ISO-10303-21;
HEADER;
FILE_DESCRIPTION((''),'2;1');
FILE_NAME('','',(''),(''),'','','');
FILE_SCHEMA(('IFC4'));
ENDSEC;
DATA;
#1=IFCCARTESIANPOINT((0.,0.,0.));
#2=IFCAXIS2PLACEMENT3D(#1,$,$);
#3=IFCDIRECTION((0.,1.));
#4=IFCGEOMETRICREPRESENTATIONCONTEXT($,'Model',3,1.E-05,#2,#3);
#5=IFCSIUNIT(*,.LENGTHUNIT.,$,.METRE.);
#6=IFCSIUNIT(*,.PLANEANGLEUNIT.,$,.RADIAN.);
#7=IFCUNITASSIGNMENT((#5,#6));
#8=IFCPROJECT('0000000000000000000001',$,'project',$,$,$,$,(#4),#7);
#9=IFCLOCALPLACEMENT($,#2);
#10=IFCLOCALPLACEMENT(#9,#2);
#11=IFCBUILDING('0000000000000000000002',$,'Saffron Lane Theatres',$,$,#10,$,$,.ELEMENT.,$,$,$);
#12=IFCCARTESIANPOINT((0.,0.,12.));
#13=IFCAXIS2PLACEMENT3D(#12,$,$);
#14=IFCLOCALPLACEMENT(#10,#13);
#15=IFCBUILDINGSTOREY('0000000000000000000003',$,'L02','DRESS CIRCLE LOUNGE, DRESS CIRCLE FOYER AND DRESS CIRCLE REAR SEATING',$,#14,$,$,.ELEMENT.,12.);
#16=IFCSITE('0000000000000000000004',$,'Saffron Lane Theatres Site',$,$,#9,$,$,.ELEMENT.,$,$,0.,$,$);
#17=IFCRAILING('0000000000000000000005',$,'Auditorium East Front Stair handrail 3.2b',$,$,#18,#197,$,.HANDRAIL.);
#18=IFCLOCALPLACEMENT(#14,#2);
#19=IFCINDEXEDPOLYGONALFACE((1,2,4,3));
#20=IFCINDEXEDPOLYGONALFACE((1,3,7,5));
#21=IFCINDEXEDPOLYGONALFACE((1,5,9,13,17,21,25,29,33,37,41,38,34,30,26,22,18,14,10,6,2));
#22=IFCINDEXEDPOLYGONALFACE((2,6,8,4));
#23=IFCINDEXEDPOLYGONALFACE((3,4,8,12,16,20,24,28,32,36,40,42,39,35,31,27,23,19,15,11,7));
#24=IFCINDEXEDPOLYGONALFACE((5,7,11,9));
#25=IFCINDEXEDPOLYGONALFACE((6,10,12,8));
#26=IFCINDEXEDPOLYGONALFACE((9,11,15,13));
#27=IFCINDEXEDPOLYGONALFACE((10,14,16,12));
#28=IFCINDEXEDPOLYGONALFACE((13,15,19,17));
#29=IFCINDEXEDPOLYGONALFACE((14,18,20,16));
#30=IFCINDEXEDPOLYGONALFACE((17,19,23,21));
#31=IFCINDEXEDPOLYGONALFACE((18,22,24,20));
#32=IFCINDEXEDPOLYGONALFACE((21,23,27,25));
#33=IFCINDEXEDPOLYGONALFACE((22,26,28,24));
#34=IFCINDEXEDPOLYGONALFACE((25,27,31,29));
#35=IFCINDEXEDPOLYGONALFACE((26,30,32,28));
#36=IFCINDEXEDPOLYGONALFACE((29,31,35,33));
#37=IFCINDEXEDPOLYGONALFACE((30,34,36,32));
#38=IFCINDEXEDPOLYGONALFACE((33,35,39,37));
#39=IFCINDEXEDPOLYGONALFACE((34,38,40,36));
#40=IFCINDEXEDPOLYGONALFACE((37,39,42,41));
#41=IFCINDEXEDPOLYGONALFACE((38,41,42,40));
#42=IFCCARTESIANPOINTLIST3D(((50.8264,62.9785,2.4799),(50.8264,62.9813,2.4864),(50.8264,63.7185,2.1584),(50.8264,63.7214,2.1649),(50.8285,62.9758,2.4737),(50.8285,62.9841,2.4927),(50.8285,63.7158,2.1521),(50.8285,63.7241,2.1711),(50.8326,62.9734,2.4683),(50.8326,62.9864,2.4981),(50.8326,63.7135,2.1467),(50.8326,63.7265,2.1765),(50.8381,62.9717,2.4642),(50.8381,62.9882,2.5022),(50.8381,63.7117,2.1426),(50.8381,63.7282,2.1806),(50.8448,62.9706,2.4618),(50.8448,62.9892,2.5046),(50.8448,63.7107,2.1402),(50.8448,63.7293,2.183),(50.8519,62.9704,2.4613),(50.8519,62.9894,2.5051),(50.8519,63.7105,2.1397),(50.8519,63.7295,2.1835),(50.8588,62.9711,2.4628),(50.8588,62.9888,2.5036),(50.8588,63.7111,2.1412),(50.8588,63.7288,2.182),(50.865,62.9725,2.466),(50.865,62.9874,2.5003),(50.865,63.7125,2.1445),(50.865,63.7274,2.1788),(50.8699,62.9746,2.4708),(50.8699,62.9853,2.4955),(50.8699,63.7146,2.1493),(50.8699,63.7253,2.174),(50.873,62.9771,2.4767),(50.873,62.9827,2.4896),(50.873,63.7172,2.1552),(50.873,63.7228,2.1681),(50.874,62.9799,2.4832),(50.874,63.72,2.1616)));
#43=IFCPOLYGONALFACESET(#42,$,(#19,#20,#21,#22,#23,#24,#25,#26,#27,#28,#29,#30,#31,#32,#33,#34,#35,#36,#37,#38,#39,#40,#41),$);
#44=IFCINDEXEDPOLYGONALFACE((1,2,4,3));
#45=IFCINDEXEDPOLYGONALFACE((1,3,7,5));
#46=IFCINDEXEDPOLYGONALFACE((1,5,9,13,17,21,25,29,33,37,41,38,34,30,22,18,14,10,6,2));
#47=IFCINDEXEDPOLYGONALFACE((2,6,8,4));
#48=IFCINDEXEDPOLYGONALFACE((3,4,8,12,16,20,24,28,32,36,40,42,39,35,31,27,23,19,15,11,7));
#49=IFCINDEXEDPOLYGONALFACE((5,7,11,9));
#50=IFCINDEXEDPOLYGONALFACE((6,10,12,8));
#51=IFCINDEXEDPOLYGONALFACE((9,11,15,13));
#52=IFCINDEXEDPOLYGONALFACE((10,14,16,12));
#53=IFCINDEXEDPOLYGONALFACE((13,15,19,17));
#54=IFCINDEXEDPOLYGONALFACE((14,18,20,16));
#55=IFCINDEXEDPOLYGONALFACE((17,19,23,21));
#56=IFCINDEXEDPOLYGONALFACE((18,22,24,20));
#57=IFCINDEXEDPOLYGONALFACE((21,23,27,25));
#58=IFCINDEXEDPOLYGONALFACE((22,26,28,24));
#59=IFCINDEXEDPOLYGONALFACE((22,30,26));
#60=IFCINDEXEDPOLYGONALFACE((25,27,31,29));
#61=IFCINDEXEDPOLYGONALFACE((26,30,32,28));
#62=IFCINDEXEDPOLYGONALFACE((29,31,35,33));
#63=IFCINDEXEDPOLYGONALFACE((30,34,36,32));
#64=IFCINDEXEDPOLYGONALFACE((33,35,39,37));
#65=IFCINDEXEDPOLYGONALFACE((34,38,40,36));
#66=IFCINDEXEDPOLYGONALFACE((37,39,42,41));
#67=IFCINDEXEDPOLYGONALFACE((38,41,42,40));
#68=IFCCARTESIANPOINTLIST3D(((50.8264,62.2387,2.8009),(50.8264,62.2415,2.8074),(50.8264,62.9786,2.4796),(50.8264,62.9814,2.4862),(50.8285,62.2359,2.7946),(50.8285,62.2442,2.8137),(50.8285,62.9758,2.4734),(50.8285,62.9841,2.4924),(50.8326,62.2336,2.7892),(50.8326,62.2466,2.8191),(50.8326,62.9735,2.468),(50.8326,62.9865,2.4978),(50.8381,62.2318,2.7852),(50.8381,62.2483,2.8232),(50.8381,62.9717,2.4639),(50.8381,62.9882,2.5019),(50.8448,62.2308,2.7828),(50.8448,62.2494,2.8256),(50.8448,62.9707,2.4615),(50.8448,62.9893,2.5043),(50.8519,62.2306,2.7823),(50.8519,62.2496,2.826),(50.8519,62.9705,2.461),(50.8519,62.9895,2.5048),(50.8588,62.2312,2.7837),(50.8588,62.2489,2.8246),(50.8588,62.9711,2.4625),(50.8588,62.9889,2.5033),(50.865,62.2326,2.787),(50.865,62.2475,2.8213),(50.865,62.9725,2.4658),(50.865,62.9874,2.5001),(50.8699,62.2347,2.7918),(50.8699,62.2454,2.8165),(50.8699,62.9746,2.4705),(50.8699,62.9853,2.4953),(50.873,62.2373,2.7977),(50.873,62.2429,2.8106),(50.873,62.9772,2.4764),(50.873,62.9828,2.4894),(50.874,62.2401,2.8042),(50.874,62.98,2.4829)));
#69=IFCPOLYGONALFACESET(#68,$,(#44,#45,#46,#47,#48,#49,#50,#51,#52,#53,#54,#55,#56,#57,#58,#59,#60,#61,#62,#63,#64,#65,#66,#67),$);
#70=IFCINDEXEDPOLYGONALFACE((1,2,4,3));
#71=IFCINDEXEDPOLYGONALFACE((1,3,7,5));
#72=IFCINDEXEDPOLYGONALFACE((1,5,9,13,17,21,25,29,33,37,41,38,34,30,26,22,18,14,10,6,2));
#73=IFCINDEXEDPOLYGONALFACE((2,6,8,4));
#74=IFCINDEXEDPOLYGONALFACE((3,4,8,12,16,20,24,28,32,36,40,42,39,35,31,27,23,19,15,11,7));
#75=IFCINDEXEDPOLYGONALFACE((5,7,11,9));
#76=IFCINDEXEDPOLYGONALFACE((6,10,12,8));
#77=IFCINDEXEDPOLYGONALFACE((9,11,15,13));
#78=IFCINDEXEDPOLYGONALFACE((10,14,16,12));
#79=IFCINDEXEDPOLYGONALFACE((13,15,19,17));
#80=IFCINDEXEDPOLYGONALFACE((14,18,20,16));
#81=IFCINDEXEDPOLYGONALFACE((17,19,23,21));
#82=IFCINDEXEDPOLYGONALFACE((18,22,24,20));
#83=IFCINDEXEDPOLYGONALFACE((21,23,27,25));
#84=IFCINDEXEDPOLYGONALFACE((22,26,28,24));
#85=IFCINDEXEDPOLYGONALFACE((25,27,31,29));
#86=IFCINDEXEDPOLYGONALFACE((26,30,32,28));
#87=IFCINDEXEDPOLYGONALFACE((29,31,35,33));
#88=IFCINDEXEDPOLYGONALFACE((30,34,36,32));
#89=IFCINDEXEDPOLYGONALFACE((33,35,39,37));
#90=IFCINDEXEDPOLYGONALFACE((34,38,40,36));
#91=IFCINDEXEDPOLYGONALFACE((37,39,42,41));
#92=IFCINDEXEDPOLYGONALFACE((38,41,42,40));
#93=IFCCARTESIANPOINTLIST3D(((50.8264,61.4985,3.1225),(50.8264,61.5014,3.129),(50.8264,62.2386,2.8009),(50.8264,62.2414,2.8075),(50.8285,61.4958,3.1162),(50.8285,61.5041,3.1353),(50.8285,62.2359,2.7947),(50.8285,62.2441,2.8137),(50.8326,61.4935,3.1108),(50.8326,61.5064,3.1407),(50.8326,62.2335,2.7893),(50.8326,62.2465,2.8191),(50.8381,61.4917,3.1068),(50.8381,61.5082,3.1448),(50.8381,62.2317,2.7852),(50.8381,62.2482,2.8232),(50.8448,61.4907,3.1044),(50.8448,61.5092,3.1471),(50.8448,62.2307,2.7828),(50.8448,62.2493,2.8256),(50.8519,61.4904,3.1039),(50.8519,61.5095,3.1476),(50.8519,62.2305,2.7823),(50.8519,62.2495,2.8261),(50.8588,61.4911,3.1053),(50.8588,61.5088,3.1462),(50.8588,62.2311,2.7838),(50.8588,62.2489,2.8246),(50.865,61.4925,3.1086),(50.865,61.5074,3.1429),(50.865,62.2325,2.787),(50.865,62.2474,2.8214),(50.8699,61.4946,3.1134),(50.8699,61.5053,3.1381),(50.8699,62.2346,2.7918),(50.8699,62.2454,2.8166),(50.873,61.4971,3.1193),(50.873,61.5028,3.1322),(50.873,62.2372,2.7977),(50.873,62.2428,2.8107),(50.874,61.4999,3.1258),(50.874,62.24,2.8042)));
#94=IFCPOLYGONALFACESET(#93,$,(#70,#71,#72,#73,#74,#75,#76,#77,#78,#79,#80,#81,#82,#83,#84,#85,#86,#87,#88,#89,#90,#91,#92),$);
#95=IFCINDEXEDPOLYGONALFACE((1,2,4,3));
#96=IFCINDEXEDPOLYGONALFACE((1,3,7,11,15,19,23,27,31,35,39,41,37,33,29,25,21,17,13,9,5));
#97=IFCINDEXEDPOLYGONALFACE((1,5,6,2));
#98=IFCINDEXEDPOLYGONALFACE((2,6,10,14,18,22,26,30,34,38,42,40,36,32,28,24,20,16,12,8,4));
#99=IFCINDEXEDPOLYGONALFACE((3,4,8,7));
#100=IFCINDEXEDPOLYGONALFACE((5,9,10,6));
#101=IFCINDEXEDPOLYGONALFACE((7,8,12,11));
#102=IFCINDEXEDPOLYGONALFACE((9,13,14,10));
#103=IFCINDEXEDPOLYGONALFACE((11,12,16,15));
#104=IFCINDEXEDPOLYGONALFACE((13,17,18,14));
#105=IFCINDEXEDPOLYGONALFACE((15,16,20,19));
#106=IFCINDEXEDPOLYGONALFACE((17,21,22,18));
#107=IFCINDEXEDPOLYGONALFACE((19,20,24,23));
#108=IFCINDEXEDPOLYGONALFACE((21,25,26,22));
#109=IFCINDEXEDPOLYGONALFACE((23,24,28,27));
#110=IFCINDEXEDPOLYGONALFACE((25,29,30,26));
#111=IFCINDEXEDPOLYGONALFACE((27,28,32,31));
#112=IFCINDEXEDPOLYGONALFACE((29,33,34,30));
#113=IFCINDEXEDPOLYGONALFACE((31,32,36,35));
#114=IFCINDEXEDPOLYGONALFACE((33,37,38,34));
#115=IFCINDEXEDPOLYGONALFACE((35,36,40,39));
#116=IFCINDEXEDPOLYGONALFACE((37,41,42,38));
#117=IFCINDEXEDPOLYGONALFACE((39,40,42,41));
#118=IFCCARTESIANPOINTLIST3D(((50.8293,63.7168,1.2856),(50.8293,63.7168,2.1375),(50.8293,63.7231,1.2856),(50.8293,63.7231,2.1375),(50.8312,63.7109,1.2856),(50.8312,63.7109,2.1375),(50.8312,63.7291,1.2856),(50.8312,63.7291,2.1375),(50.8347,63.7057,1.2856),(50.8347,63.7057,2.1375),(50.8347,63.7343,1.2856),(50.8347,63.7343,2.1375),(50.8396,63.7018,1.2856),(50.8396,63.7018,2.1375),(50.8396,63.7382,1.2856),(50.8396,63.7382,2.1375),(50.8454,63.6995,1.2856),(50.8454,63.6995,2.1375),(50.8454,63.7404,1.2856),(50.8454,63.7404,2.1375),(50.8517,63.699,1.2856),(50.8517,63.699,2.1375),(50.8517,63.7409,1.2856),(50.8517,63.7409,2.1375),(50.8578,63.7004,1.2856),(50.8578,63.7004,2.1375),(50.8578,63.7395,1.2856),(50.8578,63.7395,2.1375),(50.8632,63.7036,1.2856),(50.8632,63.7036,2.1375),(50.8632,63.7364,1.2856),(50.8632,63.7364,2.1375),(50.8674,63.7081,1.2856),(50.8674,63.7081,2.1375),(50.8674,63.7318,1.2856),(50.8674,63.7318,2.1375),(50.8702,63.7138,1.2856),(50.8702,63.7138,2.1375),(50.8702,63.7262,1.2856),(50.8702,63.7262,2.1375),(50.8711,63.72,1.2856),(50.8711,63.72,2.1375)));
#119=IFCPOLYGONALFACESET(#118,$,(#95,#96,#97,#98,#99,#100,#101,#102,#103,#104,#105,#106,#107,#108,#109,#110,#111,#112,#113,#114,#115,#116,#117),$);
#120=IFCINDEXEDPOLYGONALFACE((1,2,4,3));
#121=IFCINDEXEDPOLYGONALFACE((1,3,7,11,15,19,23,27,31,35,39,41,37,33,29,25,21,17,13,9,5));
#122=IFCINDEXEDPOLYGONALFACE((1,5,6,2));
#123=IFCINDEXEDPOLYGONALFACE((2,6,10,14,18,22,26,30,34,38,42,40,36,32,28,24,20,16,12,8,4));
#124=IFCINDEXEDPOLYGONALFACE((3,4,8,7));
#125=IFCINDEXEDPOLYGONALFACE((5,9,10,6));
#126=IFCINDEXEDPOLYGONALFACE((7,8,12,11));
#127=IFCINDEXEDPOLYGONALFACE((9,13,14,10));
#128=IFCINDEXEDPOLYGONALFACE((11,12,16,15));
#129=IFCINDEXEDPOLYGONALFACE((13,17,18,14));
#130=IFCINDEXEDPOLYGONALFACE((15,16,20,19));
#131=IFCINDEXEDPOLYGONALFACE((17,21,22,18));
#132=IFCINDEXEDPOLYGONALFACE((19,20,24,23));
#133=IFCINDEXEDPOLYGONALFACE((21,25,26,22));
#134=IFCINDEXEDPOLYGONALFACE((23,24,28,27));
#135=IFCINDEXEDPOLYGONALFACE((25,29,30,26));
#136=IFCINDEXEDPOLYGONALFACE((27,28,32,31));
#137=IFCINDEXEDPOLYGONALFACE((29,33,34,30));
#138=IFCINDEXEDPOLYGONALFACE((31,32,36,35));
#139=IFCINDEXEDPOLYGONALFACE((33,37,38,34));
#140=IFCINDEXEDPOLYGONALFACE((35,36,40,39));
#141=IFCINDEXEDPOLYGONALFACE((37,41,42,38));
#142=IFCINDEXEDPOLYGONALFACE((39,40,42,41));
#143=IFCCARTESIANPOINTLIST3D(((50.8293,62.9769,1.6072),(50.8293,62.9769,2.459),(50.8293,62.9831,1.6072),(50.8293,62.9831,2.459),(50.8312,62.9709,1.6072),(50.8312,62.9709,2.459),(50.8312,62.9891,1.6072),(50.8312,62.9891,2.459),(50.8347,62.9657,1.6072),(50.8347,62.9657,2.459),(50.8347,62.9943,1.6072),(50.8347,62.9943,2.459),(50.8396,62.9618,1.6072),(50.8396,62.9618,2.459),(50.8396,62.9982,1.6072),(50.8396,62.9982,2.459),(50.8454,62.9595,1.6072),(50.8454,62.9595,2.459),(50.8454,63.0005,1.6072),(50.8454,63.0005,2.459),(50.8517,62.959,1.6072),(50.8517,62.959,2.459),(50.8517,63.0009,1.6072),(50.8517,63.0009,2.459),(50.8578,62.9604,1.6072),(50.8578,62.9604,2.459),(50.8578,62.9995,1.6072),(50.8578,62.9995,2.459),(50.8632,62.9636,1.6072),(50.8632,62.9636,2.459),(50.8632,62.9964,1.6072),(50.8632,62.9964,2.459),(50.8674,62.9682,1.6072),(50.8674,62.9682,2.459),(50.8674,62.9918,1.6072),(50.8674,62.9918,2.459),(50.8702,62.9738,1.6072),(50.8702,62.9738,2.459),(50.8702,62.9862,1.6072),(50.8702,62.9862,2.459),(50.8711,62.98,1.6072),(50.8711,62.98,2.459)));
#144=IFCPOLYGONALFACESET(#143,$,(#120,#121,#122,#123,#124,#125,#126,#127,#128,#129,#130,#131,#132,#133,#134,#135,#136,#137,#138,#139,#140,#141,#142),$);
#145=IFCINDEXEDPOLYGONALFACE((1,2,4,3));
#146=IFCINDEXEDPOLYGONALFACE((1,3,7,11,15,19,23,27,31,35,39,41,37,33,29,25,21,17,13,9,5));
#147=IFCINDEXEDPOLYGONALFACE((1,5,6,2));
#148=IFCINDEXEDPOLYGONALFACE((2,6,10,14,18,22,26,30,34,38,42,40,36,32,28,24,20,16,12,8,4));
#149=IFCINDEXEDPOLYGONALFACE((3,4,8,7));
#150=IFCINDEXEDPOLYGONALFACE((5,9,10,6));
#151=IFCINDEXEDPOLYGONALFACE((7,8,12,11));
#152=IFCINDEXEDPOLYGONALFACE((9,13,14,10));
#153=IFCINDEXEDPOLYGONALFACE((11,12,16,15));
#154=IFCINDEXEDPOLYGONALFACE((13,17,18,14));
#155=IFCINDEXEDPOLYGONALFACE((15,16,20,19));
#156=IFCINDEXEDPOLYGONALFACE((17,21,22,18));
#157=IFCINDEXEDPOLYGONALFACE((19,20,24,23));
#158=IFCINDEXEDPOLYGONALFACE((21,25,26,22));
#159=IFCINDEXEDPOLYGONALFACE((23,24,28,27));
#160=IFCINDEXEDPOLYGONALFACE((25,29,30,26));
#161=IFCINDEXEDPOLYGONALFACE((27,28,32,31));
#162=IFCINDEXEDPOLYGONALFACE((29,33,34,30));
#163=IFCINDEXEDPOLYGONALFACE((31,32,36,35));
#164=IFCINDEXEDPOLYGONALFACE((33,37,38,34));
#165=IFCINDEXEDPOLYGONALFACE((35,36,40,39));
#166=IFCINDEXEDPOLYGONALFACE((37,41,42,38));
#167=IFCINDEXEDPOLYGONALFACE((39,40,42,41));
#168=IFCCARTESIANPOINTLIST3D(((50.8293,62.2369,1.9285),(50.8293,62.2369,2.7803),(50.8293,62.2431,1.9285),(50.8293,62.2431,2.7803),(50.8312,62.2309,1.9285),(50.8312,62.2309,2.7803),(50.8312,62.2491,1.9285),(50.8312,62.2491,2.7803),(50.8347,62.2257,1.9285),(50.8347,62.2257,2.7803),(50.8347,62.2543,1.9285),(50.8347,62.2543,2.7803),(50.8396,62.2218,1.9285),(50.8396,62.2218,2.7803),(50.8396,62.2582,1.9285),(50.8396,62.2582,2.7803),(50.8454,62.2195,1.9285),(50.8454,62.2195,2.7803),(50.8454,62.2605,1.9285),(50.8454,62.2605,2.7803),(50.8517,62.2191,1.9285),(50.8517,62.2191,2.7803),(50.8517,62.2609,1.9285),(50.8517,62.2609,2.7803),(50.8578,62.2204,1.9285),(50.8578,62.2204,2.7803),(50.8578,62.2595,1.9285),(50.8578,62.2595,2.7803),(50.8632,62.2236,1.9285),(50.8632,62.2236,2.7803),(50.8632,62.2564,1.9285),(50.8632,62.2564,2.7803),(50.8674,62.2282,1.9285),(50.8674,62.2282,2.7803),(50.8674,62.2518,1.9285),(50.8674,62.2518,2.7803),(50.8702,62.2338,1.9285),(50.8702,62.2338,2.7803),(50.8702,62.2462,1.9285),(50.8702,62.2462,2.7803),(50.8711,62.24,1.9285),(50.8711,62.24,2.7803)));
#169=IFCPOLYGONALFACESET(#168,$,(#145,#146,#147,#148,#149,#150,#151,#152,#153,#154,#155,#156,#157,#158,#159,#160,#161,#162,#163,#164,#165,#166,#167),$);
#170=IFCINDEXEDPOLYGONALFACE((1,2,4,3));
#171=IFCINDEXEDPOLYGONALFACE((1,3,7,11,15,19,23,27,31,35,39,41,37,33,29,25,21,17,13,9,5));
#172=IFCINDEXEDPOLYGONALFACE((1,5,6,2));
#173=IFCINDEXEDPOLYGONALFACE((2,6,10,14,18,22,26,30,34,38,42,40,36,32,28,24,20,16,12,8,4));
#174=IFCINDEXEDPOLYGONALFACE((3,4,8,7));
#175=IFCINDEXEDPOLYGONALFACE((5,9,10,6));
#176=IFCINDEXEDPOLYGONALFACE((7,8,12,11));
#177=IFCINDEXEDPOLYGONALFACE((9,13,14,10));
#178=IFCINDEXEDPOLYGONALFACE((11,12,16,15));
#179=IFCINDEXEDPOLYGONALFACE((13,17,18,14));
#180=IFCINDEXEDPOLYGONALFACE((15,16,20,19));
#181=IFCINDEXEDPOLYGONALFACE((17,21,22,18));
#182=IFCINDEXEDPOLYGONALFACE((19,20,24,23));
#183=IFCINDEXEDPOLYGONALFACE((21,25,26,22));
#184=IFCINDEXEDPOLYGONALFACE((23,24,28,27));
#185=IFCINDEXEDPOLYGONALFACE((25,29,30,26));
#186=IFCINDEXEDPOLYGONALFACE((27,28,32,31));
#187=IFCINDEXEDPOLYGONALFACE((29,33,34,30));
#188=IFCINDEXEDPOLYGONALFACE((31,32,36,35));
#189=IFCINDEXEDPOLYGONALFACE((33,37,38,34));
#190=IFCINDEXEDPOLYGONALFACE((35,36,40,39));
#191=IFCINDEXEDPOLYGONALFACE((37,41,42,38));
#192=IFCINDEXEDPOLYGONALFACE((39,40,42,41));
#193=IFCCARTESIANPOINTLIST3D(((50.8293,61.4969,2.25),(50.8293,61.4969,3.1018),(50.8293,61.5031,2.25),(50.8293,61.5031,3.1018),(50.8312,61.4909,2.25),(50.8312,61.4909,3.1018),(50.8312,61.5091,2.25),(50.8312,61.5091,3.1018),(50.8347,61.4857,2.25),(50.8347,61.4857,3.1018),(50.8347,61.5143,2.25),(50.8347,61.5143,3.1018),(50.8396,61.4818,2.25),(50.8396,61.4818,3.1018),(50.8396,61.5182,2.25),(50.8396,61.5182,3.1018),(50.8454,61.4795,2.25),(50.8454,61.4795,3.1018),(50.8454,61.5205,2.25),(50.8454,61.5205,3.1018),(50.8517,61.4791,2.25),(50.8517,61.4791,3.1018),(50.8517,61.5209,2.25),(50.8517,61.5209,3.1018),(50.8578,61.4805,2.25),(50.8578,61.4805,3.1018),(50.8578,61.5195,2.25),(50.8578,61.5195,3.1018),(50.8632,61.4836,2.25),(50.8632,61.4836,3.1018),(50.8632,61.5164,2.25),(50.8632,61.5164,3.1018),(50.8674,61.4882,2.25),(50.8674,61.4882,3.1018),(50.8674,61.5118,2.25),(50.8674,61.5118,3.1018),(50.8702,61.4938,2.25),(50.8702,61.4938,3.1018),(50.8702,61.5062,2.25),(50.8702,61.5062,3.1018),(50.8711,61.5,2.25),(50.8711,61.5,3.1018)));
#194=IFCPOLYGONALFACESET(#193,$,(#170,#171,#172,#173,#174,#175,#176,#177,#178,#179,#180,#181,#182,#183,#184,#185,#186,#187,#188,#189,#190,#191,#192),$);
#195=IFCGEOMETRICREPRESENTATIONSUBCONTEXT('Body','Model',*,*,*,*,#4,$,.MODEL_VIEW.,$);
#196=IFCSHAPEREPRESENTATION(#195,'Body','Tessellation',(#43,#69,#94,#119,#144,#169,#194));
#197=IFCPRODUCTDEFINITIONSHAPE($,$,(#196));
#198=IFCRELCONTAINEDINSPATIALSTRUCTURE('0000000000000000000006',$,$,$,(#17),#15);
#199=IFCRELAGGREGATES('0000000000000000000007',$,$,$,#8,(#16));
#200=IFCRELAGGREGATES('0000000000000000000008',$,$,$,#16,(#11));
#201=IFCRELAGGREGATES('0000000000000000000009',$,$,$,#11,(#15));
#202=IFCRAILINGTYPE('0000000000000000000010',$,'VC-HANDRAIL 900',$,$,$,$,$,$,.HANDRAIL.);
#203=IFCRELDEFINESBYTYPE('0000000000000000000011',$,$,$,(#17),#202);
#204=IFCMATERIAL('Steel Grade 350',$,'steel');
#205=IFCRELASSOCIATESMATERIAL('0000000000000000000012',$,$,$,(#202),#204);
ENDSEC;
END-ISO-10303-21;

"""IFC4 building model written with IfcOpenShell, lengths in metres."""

from ifc_helpers import new_model, si_unit, direction, frame, origin, origin_2d, place, context, subcontext, project, spatial, circle, extrude, material, type_object, element, save


model = new_model("IFC4")

# Units and contexts
model_context = context("Model", 3, precision=1e-05, world=origin(), true_north=direction((0.0, 1.0)))
body_context = subcontext(model_context, "Body", "Model", "MODEL_VIEW")
ifc_project = project(units=[si_unit("LENGTHUNIT", "METRE"), si_unit("PLANEANGLEUNIT", "RADIAN")], contexts=[model_context])

# Site, building, storey
site_placement = place(None, origin())
site = spatial("IfcSite", under=ifc_project, at=site_placement, Name="Saffron Lane Theatres Site", CompositionType="ELEMENT", RefElevation=0.0)
building_placement = place(site_placement, origin())
building = spatial("IfcBuilding", under=site, at=building_placement, Name="Saffron Lane Theatres", CompositionType="ELEMENT")
storey_placement = place(building_placement, frame((0.0, 0.0, 12.0)))
storey = spatial("IfcBuildingStorey", under=building, at=storey_placement, Name="L02", Description="DRESS CIRCLE LOUNGE, DRESS CIRCLE FOYER AND DRESS CIRCLE REAR SEATING", CompositionType="ELEMENT", Elevation=12.0)

# Railing
ifc_material_1 = material(Name="Steel Grade 350", Category="steel")
railing_type_1 = type_object("IfcRailingType", Name="VC-HANDRAIL 900", PredefinedType="HANDRAIL", material=ifc_material_1)
for number, where, name in (
    (1, (50.8501, 63.72, 1.2856), "Auditorium East Front Stair handrail 3.2b"),
):
    element("IfcRailing", number, at=place(storey_placement, frame(where)), inside=storey, type_object=railing_type_1, Name=name, PredefinedType="HANDRAIL", context=body_context, shape_type="SweptSolid", body=[
        extrude(circle(Radius=0.0239, at=origin_2d()), frame((0.0, 0.0, 0.876), z_axis=(0.0, -0.917161, 0.398516), x_axis=(1.0, 0.0, 0.0)), (0.0, 0.0, 1.0), 0.8069),
        extrude(circle(Radius=0.0239, at=origin_2d()), frame((0.0, -0.74, 1.1973), z_axis=(0.0, -0.917272, 0.398261), x_axis=(1.0, 0.0, 0.0)), (0.0, 0.0, 1.0), 0.8066),
        extrude(circle(Radius=0.0239, at=origin_2d()), frame((0.0, -1.48, 1.5186), z_axis=(0.0, -0.917161, 0.398516), x_axis=(1.0, 0.0, 0.0)), (0.0, 0.0, 1.0), 0.8069),
        extrude(circle(Radius=0.021, at=origin_2d()), origin(), (0.0, 0.0, 1.0), 0.8518),
        extrude(circle(Radius=0.021, at=origin_2d()), frame((0.0, -0.74, 0.3215)), (0.0, 0.0, 1.0), 0.8518),
        extrude(circle(Radius=0.021, at=origin_2d()), frame((0.0, -1.48, 0.6428)), (0.0, 0.0, 1.0), 0.8518),
        extrude(circle(Radius=0.021, at=origin_2d()), frame((0.0, -2.22, 0.9644)), (0.0, 0.0, 1.0), 0.8518),
    ])

save(model, "model.ifc")
